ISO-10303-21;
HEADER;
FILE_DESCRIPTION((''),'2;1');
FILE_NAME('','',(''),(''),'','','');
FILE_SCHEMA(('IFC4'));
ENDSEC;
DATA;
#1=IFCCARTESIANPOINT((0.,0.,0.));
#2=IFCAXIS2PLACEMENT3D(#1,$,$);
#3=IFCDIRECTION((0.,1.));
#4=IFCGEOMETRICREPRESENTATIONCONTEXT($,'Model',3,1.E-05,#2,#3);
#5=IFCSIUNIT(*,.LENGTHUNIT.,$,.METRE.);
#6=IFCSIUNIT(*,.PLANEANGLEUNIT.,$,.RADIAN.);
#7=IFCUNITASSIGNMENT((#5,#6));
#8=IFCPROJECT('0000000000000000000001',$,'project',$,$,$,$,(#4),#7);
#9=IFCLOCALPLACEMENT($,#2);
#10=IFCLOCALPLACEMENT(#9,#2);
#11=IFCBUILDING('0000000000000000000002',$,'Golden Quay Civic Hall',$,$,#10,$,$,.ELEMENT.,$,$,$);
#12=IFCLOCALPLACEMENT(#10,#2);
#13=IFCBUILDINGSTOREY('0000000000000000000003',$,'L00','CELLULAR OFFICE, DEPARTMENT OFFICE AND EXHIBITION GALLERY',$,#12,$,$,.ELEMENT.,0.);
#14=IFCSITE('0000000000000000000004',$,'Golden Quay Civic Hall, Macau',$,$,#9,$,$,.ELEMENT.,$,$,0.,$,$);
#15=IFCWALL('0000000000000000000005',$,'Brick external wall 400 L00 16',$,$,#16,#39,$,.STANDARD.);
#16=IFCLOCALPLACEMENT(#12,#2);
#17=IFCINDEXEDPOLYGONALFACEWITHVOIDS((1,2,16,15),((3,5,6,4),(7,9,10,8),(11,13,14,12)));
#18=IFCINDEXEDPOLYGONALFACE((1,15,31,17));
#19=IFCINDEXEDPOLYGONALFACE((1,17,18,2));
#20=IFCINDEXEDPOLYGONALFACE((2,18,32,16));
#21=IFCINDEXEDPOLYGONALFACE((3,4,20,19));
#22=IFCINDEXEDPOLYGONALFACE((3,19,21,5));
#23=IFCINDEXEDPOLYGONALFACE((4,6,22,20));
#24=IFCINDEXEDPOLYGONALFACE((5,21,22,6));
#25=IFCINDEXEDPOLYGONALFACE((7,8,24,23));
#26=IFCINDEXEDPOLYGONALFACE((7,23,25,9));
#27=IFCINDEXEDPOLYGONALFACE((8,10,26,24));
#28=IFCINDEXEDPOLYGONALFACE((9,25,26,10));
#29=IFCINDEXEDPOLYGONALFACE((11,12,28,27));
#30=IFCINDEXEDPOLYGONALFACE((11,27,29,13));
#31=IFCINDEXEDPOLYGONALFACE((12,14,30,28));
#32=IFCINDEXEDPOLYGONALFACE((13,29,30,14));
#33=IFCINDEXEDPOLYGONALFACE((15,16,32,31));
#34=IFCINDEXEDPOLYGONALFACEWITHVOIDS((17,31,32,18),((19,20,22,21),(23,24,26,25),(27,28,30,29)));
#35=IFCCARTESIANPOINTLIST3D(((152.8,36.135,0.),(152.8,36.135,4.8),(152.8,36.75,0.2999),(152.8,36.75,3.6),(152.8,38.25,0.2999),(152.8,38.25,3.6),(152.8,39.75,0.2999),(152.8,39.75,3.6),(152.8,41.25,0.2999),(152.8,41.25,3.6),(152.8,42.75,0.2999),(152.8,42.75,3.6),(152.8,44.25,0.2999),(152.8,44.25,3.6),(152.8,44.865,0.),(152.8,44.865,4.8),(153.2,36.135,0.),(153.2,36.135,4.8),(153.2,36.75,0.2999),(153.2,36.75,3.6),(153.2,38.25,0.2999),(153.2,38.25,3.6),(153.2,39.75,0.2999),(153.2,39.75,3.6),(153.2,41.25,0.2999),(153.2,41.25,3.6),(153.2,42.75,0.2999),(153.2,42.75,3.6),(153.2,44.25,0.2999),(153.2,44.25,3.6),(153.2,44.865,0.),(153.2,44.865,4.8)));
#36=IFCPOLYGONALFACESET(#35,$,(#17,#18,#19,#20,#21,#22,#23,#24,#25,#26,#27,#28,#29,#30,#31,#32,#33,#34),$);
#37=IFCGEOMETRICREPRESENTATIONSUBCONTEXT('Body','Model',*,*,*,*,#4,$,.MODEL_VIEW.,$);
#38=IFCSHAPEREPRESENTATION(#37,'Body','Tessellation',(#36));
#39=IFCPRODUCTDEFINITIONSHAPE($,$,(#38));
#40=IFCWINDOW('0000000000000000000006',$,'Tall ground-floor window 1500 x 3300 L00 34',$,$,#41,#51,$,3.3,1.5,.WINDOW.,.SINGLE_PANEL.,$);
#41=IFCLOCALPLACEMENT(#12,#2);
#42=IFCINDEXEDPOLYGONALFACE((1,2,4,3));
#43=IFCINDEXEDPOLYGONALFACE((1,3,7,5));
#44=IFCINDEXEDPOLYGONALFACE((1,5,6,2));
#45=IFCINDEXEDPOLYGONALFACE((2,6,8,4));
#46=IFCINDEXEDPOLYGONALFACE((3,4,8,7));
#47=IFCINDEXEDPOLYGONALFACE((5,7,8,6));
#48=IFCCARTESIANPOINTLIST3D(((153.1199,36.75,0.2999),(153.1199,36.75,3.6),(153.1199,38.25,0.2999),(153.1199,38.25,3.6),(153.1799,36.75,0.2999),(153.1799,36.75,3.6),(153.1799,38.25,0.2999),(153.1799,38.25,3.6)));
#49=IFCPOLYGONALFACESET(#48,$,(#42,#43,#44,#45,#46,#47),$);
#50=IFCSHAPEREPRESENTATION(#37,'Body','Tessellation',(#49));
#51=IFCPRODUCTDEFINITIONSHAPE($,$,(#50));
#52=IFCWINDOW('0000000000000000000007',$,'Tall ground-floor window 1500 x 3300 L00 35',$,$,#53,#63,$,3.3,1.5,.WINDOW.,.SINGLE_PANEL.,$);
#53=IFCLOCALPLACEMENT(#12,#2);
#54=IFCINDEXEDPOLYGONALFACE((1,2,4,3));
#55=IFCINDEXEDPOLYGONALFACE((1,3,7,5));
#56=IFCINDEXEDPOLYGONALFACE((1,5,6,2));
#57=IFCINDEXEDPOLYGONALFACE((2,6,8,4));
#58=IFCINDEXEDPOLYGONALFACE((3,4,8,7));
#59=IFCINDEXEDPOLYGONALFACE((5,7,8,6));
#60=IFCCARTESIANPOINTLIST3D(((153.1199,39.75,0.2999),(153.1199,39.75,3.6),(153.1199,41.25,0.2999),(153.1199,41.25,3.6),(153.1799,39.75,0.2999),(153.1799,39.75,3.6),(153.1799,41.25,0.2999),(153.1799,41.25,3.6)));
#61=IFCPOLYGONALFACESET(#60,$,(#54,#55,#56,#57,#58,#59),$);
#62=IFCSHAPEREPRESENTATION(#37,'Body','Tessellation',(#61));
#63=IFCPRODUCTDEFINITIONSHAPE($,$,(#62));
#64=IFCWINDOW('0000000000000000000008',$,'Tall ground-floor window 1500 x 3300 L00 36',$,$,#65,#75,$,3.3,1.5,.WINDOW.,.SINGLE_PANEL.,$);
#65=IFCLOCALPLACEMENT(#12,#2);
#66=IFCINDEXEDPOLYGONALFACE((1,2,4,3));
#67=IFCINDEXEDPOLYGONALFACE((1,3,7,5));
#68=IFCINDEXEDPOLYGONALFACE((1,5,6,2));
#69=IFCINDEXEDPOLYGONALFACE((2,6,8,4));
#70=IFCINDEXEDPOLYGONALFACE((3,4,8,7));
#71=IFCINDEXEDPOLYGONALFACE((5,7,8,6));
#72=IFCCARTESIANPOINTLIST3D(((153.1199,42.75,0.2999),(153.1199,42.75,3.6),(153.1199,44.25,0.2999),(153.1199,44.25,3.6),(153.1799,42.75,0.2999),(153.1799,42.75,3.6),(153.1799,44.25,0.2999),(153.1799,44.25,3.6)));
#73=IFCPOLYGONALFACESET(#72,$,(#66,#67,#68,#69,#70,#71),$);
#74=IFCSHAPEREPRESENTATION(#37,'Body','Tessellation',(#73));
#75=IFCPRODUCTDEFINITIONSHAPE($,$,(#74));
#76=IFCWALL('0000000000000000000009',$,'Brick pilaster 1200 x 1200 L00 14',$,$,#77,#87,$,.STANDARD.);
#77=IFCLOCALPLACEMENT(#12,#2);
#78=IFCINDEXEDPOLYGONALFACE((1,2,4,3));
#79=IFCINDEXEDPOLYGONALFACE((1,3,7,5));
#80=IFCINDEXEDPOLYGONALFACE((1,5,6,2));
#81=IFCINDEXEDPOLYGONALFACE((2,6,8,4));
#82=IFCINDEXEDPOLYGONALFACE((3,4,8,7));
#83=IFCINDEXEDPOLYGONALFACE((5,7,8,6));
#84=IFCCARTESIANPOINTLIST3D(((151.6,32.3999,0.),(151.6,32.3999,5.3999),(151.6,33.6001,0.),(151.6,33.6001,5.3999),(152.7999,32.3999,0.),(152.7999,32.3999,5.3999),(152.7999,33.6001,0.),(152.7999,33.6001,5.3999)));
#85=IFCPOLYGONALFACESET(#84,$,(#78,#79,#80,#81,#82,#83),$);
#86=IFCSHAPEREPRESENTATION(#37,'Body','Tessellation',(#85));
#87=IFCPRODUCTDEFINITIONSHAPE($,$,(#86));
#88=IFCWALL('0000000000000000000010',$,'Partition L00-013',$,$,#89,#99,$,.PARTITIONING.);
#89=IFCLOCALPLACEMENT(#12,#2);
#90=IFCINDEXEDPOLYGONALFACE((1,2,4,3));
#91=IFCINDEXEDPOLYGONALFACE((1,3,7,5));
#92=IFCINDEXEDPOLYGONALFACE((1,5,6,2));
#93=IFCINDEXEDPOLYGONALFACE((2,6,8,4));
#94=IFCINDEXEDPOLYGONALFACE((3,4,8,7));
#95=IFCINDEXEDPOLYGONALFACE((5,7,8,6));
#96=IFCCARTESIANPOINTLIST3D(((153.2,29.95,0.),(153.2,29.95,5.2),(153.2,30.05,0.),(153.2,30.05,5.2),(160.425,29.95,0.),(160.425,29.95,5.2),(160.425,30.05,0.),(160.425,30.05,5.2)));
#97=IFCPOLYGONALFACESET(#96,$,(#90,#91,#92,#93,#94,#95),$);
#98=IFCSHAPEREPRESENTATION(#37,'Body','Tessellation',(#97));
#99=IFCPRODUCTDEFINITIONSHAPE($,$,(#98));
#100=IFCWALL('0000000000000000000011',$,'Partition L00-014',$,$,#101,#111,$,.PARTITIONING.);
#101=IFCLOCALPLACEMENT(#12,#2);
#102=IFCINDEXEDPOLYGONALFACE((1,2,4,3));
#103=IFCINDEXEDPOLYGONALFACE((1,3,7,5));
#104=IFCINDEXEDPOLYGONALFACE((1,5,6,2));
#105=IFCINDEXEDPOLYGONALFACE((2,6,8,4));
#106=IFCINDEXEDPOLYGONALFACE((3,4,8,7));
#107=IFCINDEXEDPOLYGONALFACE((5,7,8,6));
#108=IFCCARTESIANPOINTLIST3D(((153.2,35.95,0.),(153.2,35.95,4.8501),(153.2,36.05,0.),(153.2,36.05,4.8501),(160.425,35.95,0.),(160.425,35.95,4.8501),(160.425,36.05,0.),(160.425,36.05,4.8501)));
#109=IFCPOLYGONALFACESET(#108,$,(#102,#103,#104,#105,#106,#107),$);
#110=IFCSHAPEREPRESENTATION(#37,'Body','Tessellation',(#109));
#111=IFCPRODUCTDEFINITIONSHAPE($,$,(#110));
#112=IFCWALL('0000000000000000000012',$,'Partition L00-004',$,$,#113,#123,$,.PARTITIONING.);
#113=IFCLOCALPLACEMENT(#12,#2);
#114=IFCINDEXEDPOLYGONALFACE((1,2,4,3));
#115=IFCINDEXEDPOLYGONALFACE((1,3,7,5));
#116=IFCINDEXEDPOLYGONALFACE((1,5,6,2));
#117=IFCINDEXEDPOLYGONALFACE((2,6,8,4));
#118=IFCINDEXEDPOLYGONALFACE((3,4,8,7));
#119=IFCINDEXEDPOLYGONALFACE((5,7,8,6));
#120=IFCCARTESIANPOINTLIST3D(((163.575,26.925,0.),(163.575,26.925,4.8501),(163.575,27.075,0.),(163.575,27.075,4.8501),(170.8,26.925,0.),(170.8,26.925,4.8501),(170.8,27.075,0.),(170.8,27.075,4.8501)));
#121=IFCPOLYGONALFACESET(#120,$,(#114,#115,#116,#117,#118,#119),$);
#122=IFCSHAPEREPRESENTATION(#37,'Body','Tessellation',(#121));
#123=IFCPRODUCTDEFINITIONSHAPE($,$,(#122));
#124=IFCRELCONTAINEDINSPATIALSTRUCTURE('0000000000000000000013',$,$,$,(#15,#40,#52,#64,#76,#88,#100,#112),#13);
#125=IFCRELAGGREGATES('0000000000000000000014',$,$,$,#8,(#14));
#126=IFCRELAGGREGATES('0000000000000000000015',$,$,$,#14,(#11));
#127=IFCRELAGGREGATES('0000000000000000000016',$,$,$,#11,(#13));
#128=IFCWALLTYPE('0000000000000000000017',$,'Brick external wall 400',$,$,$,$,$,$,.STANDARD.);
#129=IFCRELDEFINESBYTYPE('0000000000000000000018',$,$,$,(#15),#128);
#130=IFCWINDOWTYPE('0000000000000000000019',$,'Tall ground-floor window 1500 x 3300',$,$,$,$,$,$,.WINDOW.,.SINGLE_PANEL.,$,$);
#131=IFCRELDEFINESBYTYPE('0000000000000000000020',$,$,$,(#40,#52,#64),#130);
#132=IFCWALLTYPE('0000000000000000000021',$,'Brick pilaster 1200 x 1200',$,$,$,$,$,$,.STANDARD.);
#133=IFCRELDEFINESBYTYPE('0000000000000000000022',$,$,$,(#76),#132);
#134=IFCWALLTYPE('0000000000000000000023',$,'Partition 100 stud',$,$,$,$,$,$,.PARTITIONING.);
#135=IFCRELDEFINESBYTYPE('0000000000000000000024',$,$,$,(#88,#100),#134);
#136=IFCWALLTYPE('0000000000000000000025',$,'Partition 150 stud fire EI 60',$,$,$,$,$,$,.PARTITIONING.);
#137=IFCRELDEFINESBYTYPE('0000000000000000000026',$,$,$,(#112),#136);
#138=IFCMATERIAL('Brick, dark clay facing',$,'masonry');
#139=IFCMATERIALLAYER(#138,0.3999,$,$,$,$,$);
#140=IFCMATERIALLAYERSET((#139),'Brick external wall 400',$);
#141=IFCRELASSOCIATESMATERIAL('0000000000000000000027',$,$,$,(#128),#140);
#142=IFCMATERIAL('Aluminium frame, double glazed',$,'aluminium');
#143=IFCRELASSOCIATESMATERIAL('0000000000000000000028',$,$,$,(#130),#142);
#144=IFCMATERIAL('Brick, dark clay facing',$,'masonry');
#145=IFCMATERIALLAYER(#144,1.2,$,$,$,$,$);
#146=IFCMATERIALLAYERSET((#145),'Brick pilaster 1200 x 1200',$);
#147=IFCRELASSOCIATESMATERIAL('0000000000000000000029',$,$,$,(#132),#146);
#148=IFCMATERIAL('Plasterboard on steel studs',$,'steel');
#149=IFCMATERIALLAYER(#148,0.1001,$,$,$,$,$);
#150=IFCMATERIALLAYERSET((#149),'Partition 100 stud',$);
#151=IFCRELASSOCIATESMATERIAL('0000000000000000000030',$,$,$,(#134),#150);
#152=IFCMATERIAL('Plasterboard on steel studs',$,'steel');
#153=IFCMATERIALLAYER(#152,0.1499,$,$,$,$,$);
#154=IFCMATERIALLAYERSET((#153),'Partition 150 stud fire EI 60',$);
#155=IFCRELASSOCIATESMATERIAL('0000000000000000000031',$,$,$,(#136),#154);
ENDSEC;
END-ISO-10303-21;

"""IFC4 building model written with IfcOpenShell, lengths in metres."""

from ifc_helpers import new_model, si_unit, direction, frame, frame_2d, origin, place, context, subcontext, project, spatial, rectangle, extrude, material, layer, layer_set, type_object, element, fill, save


model = new_model("IFC4")

# Units and contexts
model_context = context("Model", 3, precision=1e-05, world=origin(), true_north=direction((0.0, 1.0)))
body_context = subcontext(model_context, "Body", "Model", "MODEL_VIEW")
ifc_project = project(units=[si_unit("LENGTHUNIT", "METRE"), si_unit("PLANEANGLEUNIT", "RADIAN")], contexts=[model_context])

# Site, building, storey
site_placement = place(None, origin())
site = spatial("IfcSite", under=ifc_project, at=site_placement, Name="Golden Quay Civic Hall, Macau", CompositionType="ELEMENT", RefElevation=0.0)
building_placement = place(site_placement, origin())
building = spatial("IfcBuilding", under=site, at=building_placement, Name="Golden Quay Civic Hall", CompositionType="ELEMENT")
storey_placement = place(building_placement, origin())
storey = spatial("IfcBuildingStorey", under=building, at=storey_placement, Name="L00", Description="CELLULAR OFFICE, DEPARTMENT OFFICE AND EXHIBITION GALLERY", CompositionType="ELEMENT", Elevation=0.0)

# Wall, openings, windows
ifc_material_1 = material(Name="Brick, dark clay facing", Category="masonry")
ifc_layer_1 = layer(ifc_material_1, 0.3999)
ifc_layer_set_1 = layer_set([ifc_layer_1], Name="Brick external wall 400")
wall_type_1 = type_object("IfcWallType", Name="Brick external wall 400", PredefinedType="STANDARD", material=ifc_layer_set_1)
ifc_material_2 = material(Name="Aluminium frame, double glazed", Category="aluminium")
window_type = type_object("IfcWindowType", Name="Tall ground-floor window 1500 x 3300", PartitioningType="SINGLE_PANEL", PredefinedType="WINDOW", material=ifc_material_2)
wall_1_placement = place(storey_placement, frame((153.0, 36.135, 0.0), z_axis=(0.0, 0.0, 1.0), x_axis=(0.0, 1.0, 0.0)))
wall_1 = element("IfcWall", 1, at=wall_1_placement, inside=storey, type_object=wall_type_1, Name="Brick external wall 400 L00 16", PredefinedType="STANDARD", context=body_context, shape_type="SweptSolid", body=[
    extrude(rectangle(XDim=8.73, YDim=0.3999, at=frame_2d((4.365, 0.0))), origin(), (0.0, 0.0, 1.0), 4.8),
])
opening_1_placement = place(wall_1_placement, frame((0.615, 0.0, 0.3)))
opening_1 = element("IfcOpeningElement", 2, at=opening_1_placement, cuts=wall_1, PredefinedType="OPENING", context=body_context, shape_type="SweptSolid", body=[
    extrude(rectangle(XDim=1.5, YDim=3.3, at=frame_2d((0.75, 1.6499))), frame((0.0, 0.21, 0.0), z_axis=(0.0, -1.0, 0.0), x_axis=(1.0, 0.0, 0.0)), (0.0, 0.0, 1.0), 0.4199),
])
opening_2_placement = place(wall_1_placement, frame((3.615, 0.0, 0.3)))
opening_2 = element("IfcOpeningElement", 3, at=opening_2_placement, cuts=wall_1, PredefinedType="OPENING", context=body_context, shape_type="SweptSolid", body=[
    extrude(rectangle(XDim=1.5, YDim=3.3, at=frame_2d((0.75, 1.6499))), frame((0.0, 0.21, 0.0), z_axis=(0.0, -1.0, 0.0), x_axis=(1.0, 0.0, 0.0)), (0.0, 0.0, 1.0), 0.4199),
])
opening_3_placement = place(wall_1_placement, frame((6.615, 0.0, 0.3)))
opening_3 = element("IfcOpeningElement", 4, at=opening_3_placement, cuts=wall_1, PredefinedType="OPENING", context=body_context, shape_type="SweptSolid", body=[
    extrude(rectangle(XDim=1.5, YDim=3.3, at=frame_2d((0.75, 1.6499))), frame((0.0, 0.21, 0.0), z_axis=(0.0, -1.0, 0.0), x_axis=(1.0, 0.0, 0.0)), (0.0, 0.0, 1.0), 0.4199),
])
window_1_placement = place(opening_1_placement, origin())
window_1 = element("IfcWindow", 5, at=window_1_placement, inside=storey, type_object=window_type, Name="Tall ground-floor window 1500 x 3300 L00 34", OverallHeight=3.3, OverallWidth=1.5, PartitioningType="SINGLE_PANEL", PredefinedType="WINDOW", context=body_context, shape_type="SweptSolid", body=[
    extrude(rectangle(XDim=1.5, YDim=3.3, at=frame_2d((0.75, 1.6499))), frame((0.0, -0.1199, 0.0), z_axis=(0.0, -1.0, 0.0), x_axis=(1.0, 0.0, 0.0)), (0.0, 0.0, 1.0), 0.0601),
])
fill(opening_1, window_1)
window_2_placement = place(opening_2_placement, origin())
window_2 = element("IfcWindow", 6, at=window_2_placement, inside=storey, type_object=window_type, Name="Tall ground-floor window 1500 x 3300 L00 35", OverallHeight=3.3, OverallWidth=1.5, PartitioningType="SINGLE_PANEL", PredefinedType="WINDOW", context=body_context, shape_type="SweptSolid", body=[
    extrude(rectangle(XDim=1.5, YDim=3.3, at=frame_2d((0.75, 1.6499))), frame((0.0, -0.1199, 0.0), z_axis=(0.0, -1.0, 0.0), x_axis=(1.0, 0.0, 0.0)), (0.0, 0.0, 1.0), 0.0601),
])
fill(opening_2, window_2)
window_3_placement = place(opening_3_placement, origin())
window_3 = element("IfcWindow", 7, at=window_3_placement, inside=storey, type_object=window_type, Name="Tall ground-floor window 1500 x 3300 L00 36", OverallHeight=3.3, OverallWidth=1.5, PartitioningType="SINGLE_PANEL", PredefinedType="WINDOW", context=body_context, shape_type="SweptSolid", body=[
    extrude(rectangle(XDim=1.5, YDim=3.3, at=frame_2d((0.75, 1.6499))), frame((0.0, -0.1199, 0.0), z_axis=(0.0, -1.0, 0.0), x_axis=(1.0, 0.0, 0.0)), (0.0, 0.0, 1.0), 0.0601),
])
fill(opening_3, window_3)

# Walls
ifc_material_3 = material(Name="Brick, dark clay facing", Category="masonry")
ifc_layer_2 = layer(ifc_material_3, 1.2)
ifc_layer_set_2 = layer_set([ifc_layer_2], Name="Brick pilaster 1200 x 1200")
wall_type_2 = type_object("IfcWallType", Name="Brick pilaster 1200 x 1200", PredefinedType="STANDARD", material=ifc_layer_set_2)
wall_2_placement = place(storey_placement, frame((152.2, 32.3999, 0.0), z_axis=(0.0, 0.0, 1.0), x_axis=(0.0, 1.0, 0.0)))
element("IfcWall", 8, at=wall_2_placement, inside=storey, type_object=wall_type_2, Name="Brick pilaster 1200 x 1200 L00 14", PredefinedType="STANDARD", context=body_context, shape_type="SweptSolid", body=[
    extrude(rectangle(XDim=1.2002, YDim=1.2, at=frame_2d((0.6001, 0.0))), origin(), (0.0, 0.0, 1.0), 5.3999),
])
ifc_material_4 = material(Name="Plasterboard on steel studs", Category="steel")
ifc_layer_3 = layer(ifc_material_4, 0.1001)
ifc_layer_set_3 = layer_set([ifc_layer_3], Name="Partition 100 stud")
wall_type_3 = type_object("IfcWallType", Name="Partition 100 stud", PredefinedType="PARTITIONING", material=ifc_layer_set_3)
wall_3_placement = place(storey_placement, frame((153.2, 30.0, 0.0), z_axis=(0.0, 0.0, 1.0), x_axis=(1.0, 0.0, 0.0)))
element("IfcWall", 9, at=wall_3_placement, inside=storey, type_object=wall_type_3, Name="Partition L00-013", PredefinedType="PARTITIONING", context=body_context, shape_type="SweptSolid", body=[
    extrude(rectangle(XDim=7.2251, YDim=0.1001, at=frame_2d((3.6125, 0.0))), origin(), (0.0, 0.0, 1.0), 5.2),
])
wall_4_placement = place(storey_placement, frame((153.2, 36.0, 0.0), z_axis=(0.0, 0.0, 1.0), x_axis=(1.0, 0.0, 0.0)))
element("IfcWall", 10, at=wall_4_placement, inside=storey, type_object=wall_type_3, Name="Partition L00-014", PredefinedType="PARTITIONING", context=body_context, shape_type="SweptSolid", body=[
    extrude(rectangle(XDim=7.2251, YDim=0.1001, at=frame_2d((3.6125, 0.0))), origin(), (0.0, 0.0, 1.0), 4.8501),
])
ifc_material_5 = material(Name="Plasterboard on steel studs", Category="steel")
ifc_layer_4 = layer(ifc_material_5, 0.1499)
ifc_layer_set_4 = layer_set([ifc_layer_4], Name="Partition 150 stud fire EI 60")
wall_type_4 = type_object("IfcWallType", Name="Partition 150 stud fire EI 60", PredefinedType="PARTITIONING", material=ifc_layer_set_4)
wall_5_placement = place(storey_placement, frame((163.575, 27.0, 0.0), z_axis=(0.0, 0.0, 1.0), x_axis=(1.0, 0.0, 0.0)))
element("IfcWall", 11, at=wall_5_placement, inside=storey, type_object=wall_type_4, Name="Partition L00-004", PredefinedType="PARTITIONING", context=body_context, shape_type="SweptSolid", body=[
    extrude(rectangle(XDim=7.2251, YDim=0.1499, at=frame_2d((3.6125, 0.0))), origin(), (0.0, 0.0, 1.0), 4.8501),
])

save(model, "model.ifc")
